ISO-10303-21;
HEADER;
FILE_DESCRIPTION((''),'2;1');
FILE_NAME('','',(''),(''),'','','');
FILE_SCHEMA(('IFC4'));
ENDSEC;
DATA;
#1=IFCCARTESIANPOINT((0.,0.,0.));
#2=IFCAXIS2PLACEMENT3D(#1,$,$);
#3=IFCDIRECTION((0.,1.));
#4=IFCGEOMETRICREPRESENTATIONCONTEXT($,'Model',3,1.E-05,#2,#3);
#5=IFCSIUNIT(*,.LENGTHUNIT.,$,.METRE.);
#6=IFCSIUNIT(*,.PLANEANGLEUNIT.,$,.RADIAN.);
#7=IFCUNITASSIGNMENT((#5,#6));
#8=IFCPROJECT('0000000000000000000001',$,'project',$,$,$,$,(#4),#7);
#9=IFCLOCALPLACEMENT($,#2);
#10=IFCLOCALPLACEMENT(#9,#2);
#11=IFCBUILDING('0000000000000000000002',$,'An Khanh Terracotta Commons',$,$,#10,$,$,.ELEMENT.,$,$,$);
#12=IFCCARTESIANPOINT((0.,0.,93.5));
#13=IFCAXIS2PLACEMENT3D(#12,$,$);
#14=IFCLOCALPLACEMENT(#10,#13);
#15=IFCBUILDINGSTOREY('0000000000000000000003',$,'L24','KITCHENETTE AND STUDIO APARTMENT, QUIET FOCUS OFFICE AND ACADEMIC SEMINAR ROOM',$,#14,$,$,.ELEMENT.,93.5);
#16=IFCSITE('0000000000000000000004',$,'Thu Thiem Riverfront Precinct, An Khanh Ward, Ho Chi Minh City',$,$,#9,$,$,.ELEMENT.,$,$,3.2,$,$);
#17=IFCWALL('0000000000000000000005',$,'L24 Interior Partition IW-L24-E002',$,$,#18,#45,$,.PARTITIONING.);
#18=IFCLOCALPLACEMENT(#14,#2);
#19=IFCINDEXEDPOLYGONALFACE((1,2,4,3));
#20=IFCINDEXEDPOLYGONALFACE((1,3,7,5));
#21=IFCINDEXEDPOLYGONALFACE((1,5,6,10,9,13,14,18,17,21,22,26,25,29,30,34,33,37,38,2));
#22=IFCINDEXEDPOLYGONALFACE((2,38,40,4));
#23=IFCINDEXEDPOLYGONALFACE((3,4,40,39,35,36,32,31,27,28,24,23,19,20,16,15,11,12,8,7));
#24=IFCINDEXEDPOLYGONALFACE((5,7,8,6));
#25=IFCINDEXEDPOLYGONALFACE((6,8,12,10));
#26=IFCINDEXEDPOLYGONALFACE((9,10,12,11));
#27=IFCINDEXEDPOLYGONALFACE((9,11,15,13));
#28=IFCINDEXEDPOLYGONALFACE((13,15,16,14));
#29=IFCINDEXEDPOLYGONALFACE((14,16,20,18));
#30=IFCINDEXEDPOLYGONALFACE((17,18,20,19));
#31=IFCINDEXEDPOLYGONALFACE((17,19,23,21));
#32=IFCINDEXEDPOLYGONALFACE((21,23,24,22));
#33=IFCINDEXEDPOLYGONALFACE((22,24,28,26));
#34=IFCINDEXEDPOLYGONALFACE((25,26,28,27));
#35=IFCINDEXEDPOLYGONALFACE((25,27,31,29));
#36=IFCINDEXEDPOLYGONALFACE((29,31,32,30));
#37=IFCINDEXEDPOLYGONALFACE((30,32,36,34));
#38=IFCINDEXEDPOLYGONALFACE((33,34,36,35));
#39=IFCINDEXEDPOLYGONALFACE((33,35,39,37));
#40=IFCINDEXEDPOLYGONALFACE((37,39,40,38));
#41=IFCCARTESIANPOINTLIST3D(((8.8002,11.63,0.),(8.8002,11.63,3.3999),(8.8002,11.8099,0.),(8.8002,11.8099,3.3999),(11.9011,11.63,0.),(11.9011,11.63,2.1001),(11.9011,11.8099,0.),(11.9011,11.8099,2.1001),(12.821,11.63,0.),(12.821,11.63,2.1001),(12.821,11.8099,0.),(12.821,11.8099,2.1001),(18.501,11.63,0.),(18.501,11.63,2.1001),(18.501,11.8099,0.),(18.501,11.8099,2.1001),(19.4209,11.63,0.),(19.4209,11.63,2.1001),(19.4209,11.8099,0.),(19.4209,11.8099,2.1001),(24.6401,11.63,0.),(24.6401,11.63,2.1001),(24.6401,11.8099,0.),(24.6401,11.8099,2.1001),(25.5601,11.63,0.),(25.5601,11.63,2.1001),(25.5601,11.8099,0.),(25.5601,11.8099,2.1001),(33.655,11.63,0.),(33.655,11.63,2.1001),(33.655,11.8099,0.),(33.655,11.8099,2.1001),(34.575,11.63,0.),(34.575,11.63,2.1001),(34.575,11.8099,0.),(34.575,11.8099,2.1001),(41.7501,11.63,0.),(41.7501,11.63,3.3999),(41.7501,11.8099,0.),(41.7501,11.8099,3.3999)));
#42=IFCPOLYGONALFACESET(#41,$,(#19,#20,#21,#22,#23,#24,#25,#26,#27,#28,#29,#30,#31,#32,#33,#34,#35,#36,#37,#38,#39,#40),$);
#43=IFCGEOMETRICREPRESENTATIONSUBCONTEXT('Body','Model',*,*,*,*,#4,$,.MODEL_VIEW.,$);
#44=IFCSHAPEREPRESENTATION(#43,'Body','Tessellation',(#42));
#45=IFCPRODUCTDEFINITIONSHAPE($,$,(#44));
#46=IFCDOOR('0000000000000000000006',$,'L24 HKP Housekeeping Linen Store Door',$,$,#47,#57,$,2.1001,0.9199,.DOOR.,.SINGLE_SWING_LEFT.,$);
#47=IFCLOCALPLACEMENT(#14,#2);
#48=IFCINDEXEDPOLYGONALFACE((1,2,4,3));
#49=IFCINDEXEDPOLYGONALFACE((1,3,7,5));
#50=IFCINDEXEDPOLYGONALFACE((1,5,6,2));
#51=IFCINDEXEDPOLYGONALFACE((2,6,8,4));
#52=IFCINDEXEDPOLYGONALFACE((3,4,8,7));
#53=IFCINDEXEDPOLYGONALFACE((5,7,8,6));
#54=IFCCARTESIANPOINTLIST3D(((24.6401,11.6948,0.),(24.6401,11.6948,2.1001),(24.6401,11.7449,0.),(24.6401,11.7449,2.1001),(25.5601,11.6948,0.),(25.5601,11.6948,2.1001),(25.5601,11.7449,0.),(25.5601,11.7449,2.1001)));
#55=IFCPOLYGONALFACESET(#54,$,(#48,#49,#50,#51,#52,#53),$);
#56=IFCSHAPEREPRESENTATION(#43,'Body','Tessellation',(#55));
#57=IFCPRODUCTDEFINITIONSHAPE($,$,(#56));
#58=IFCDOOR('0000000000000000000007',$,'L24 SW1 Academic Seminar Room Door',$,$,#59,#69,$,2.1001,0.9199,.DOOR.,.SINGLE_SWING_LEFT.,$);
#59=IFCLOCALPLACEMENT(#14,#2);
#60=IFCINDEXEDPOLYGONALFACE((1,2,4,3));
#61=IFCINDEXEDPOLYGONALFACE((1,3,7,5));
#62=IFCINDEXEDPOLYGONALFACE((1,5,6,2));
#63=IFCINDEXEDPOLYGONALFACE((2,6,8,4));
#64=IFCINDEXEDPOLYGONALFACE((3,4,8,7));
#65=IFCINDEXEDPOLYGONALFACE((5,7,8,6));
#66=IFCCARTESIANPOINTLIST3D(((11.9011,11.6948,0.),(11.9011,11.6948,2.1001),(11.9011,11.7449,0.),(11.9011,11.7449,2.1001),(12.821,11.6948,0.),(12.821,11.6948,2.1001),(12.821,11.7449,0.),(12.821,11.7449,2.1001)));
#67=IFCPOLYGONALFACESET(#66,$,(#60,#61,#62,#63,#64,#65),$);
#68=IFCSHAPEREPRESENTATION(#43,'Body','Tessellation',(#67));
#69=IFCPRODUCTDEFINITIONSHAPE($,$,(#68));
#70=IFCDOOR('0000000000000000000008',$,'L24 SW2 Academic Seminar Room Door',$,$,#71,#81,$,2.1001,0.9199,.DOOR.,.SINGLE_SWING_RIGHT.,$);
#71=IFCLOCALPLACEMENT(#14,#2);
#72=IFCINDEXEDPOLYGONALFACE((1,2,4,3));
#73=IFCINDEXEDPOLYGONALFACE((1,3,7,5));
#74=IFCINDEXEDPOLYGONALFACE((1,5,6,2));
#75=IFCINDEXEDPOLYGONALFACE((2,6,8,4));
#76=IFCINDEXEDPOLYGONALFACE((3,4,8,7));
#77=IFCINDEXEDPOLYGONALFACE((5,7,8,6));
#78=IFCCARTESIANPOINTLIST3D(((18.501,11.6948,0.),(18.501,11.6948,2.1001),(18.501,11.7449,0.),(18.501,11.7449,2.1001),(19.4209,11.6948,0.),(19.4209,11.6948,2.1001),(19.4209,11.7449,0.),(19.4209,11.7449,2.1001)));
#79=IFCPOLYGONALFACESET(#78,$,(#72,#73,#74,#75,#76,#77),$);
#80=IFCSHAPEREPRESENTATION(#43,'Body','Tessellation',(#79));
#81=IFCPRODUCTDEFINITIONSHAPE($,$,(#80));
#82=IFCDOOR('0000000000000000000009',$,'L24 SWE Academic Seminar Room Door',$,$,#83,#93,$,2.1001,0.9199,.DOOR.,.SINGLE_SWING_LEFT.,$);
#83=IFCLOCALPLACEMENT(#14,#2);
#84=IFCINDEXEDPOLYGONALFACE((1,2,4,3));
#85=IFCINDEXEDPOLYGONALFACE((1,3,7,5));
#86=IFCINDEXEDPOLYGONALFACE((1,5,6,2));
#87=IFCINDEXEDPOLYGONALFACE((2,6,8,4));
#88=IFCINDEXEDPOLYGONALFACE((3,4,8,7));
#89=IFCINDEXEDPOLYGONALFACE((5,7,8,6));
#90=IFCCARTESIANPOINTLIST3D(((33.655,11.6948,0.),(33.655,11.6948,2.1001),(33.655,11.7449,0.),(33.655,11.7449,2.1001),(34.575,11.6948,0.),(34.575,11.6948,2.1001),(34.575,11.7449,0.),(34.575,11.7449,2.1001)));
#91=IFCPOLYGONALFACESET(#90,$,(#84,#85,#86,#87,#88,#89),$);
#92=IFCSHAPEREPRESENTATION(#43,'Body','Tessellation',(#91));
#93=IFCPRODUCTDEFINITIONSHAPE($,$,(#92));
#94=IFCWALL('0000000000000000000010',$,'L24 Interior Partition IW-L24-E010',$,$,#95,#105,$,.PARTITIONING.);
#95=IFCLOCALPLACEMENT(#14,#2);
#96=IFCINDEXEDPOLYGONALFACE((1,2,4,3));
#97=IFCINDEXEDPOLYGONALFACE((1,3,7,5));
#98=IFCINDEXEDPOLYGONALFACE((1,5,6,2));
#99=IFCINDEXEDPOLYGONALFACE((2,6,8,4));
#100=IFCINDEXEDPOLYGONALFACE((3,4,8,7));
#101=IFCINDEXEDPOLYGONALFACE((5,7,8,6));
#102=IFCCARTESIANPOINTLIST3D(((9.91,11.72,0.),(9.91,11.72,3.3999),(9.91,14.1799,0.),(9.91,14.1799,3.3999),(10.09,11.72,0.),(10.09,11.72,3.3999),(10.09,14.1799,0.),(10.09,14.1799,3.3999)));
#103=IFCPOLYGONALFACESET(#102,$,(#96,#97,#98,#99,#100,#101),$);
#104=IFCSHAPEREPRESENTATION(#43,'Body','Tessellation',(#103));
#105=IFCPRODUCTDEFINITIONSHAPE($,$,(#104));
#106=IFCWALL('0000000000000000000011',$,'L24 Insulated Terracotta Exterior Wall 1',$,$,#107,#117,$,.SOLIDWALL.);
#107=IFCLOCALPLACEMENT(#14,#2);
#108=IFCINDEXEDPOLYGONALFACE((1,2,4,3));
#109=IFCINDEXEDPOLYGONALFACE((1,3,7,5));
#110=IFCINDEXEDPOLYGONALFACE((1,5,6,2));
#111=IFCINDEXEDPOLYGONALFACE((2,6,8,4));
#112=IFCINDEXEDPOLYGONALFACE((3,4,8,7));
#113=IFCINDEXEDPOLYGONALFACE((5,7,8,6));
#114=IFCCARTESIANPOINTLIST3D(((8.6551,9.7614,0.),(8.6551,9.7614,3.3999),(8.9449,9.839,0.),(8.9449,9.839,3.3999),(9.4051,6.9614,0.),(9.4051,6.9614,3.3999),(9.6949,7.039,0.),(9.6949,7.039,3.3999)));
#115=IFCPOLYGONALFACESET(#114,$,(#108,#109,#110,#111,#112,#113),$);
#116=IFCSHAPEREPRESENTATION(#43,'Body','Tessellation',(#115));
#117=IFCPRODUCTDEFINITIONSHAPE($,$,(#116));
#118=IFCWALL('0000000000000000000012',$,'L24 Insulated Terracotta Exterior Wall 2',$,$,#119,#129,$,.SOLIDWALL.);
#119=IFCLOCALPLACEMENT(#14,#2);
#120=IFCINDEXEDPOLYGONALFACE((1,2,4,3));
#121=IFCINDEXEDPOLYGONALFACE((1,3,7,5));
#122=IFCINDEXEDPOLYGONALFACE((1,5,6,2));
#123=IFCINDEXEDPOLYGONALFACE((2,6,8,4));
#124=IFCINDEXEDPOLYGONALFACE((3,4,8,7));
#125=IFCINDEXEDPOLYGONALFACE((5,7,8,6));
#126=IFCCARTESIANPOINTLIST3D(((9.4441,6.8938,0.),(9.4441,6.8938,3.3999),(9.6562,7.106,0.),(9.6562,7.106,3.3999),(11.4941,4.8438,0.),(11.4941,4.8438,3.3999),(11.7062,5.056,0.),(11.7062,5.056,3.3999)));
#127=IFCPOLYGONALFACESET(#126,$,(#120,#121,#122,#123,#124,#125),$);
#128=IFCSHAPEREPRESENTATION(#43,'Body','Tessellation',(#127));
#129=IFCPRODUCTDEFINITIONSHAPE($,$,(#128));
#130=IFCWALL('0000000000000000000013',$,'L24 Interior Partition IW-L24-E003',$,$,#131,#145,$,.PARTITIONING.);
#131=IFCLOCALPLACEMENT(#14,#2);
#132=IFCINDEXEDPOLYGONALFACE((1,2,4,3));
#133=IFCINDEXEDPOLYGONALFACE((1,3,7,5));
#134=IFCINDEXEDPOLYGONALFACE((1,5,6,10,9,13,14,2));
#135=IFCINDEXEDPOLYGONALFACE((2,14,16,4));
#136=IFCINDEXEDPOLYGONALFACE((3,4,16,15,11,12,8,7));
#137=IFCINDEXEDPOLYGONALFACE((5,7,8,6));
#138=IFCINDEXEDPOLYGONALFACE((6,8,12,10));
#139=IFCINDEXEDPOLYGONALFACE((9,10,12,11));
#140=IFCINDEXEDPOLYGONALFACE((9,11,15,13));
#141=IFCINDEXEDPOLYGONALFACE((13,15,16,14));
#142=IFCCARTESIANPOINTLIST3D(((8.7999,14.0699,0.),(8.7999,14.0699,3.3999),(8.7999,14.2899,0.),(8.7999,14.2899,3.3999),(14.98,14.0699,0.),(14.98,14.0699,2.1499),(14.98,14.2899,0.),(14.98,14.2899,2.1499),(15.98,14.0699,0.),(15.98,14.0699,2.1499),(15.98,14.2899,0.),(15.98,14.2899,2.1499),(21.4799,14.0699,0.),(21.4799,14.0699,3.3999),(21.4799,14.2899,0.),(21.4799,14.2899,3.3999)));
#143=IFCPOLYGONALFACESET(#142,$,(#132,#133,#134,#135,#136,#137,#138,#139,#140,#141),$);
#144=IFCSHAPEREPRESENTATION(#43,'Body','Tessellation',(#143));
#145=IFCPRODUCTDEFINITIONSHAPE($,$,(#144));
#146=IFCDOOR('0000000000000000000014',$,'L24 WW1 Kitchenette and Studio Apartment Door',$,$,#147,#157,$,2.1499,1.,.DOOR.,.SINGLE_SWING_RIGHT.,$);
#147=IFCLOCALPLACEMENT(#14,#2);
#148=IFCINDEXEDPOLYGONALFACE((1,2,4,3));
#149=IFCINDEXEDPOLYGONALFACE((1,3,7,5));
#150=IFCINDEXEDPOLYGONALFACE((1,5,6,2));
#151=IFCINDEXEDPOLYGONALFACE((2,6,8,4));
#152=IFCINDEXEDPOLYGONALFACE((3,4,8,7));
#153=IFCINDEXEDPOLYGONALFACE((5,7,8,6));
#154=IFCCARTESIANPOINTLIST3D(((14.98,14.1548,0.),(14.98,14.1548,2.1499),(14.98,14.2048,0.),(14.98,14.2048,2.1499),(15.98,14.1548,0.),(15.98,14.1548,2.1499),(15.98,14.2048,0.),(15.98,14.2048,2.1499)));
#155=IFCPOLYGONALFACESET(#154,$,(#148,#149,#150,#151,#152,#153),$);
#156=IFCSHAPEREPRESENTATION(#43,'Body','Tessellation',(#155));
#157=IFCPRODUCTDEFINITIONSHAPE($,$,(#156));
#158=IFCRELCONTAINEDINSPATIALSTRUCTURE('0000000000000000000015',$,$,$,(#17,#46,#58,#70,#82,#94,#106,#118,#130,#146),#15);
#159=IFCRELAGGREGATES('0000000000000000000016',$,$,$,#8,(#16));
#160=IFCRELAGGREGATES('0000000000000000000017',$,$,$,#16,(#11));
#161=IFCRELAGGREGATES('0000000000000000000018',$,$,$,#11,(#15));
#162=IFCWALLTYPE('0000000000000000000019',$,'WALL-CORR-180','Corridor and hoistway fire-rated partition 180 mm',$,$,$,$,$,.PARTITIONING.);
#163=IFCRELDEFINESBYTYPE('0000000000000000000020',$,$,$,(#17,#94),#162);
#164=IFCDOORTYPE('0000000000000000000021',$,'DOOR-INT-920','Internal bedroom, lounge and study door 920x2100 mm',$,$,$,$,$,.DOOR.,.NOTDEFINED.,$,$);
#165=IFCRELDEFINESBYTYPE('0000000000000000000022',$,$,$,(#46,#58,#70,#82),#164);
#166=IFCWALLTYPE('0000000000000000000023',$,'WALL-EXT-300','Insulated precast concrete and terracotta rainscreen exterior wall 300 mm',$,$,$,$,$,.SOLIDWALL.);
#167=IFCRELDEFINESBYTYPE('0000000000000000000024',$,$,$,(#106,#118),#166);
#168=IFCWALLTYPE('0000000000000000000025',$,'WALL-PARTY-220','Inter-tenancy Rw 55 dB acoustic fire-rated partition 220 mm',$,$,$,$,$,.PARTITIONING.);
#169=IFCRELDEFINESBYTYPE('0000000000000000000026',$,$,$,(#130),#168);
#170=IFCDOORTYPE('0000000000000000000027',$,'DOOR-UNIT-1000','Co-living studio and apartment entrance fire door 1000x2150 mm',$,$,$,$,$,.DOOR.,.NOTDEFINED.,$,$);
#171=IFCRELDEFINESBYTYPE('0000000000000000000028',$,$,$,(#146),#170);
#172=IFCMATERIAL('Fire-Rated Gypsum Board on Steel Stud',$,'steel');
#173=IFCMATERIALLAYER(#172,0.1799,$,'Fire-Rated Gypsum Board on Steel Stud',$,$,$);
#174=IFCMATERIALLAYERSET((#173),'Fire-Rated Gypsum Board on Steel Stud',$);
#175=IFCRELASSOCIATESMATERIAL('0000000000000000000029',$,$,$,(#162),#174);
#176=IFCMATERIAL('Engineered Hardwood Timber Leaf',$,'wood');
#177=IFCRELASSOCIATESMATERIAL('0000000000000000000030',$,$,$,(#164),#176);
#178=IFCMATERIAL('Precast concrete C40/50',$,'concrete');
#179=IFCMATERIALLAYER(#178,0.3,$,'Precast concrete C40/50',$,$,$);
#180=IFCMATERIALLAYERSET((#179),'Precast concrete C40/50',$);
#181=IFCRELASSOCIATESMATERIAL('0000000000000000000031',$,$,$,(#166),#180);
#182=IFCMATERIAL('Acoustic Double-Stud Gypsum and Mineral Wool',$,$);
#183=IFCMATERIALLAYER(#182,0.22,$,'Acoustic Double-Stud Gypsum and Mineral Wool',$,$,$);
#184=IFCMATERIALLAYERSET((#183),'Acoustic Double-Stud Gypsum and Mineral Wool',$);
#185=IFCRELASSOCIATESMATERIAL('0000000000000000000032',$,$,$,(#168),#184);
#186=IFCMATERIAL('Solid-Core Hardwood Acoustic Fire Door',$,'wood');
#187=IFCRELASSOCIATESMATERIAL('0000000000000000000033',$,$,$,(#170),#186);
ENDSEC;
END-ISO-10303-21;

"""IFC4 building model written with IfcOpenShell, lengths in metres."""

from ifc_helpers import new_model, si_unit, direction, frame, frame_2d, origin, place, context, subcontext, project, spatial, rectangle, extrude, material, layer, layer_set, type_object, element, fill, save


model = new_model("IFC4")

# Units and contexts
model_context = context("Model", 3, precision=1e-05, world=origin(), true_north=direction((0.0, 1.0)))
body_context = subcontext(model_context, "Body", "Model", "MODEL_VIEW")
ifc_project = project(units=[si_unit("LENGTHUNIT", "METRE"), si_unit("PLANEANGLEUNIT", "RADIAN")], contexts=[model_context])

# Site, building, storey
site_placement = place(None, origin())
site = spatial("IfcSite", under=ifc_project, at=site_placement, Name="Thu Thiem Riverfront Precinct, An Khanh Ward, Ho Chi Minh City", CompositionType="ELEMENT", RefElevation=3.2)
building_placement = place(site_placement, origin())
building = spatial("IfcBuilding", under=site, at=building_placement, Name="An Khanh Terracotta Commons", CompositionType="ELEMENT")
storey_placement = place(building_placement, frame((0.0, 0.0, 93.5)))
storey = spatial("IfcBuildingStorey", under=building, at=storey_placement, Name="L24", Description="KITCHENETTE AND STUDIO APARTMENT, QUIET FOCUS OFFICE AND ACADEMIC SEMINAR ROOM", CompositionType="ELEMENT", Elevation=93.5)

# Shared definitions
ifc_material_1 = material(Name="Precast concrete C40/50", Category="concrete")

# Wall, openings, doors
ifc_material_2 = material(Name="Fire-Rated Gypsum Board on Steel Stud", Category="steel")
ifc_layer_1 = layer(ifc_material_2, 0.1799, Name="Fire-Rated Gypsum Board on Steel Stud")
ifc_layer_set_1 = layer_set([ifc_layer_1], Name="Fire-Rated Gypsum Board on Steel Stud")
wall_type_1 = type_object("IfcWallType", Name="WALL-CORR-180", Description="Corridor and hoistway fire-rated partition 180 mm", PredefinedType="PARTITIONING", material=ifc_layer_set_1)
wall_1_placement = place(storey_placement, frame((8.8, 11.72, 0.0), z_axis=(0.0, 0.0, 1.0), x_axis=(1.0, 0.0, 0.0)))
wall_1 = element("IfcWall", 1, at=wall_1_placement, inside=storey, type_object=wall_type_1, Name="L24 Interior Partition IW-L24-E002", PredefinedType="PARTITIONING", context=body_context, shape_type="SweptSolid", body=[
    extrude(rectangle(XDim=32.95, YDim=0.1799, at=frame_2d((16.4751, 0.0))), origin(), (0.0, 0.0, 1.0), 3.3999),
])
opening_1_placement = place(wall_1_placement, frame((15.8401, 0.0, 0.0)))
opening_1 = element("IfcOpeningElement", 2, at=opening_1_placement, cuts=wall_1, PredefinedType="OPENING", context=body_context, shape_type="SweptSolid", body=[
    extrude(rectangle(XDim=0.9199, YDim=2.1001, at=frame_2d((0.46, 1.05))), frame((0.0, 0.0999, 0.0), z_axis=(0.0, -1.0, 0.0), x_axis=(1.0, 0.0, 0.0)), (0.0, 0.0, 1.0), 0.2),
])
opening_2_placement = place(wall_1_placement, frame((3.1011, 0.0, 0.0)))
opening_2 = element("IfcOpeningElement", 3, at=opening_2_placement, cuts=wall_1, PredefinedType="OPENING", context=body_context, shape_type="SweptSolid", body=[
    extrude(rectangle(XDim=0.9199, YDim=2.1001, at=frame_2d((0.46, 1.05))), frame((0.0, 0.0999, 0.0), z_axis=(0.0, -1.0, 0.0), x_axis=(1.0, 0.0, 0.0)), (0.0, 0.0, 1.0), 0.2),
])
opening_3_placement = place(wall_1_placement, frame((9.7009, 0.0, 0.0)))
opening_3 = element("IfcOpeningElement", 4, at=opening_3_placement, cuts=wall_1, PredefinedType="OPENING", context=body_context, shape_type="SweptSolid", body=[
    extrude(rectangle(XDim=0.9199, YDim=2.1001, at=frame_2d((0.46, 1.05))), frame((0.0, 0.0999, 0.0), z_axis=(0.0, -1.0, 0.0), x_axis=(1.0, 0.0, 0.0)), (0.0, 0.0, 1.0), 0.2),
])
opening_4_placement = place(wall_1_placement, frame((24.855, 0.0, 0.0)))
opening_4 = element("IfcOpeningElement", 5, at=opening_4_placement, cuts=wall_1, PredefinedType="OPENING", context=body_context, shape_type="SweptSolid", body=[
    extrude(rectangle(XDim=0.9199, YDim=2.1001, at=frame_2d((0.46, 1.05))), frame((0.0, 0.0999, 0.0), z_axis=(0.0, -1.0, 0.0), x_axis=(1.0, 0.0, 0.0)), (0.0, 0.0, 1.0), 0.2),
])
ifc_material_3 = material(Name="Engineered Hardwood Timber Leaf", Category="wood")
door_type_1 = type_object("IfcDoorType", Name="DOOR-INT-920", Description="Internal bedroom, lounge and study door 920x2100 mm", OperationType="NOTDEFINED", PredefinedType="DOOR", material=ifc_material_3)
door_1_placement = place(opening_1_placement, origin())
door_1 = element("IfcDoor", 6, at=door_1_placement, inside=storey, type_object=door_type_1, Name="L24 HKP Housekeeping Linen Store Door", OperationType="SINGLE_SWING_LEFT", OverallHeight=2.1001, OverallWidth=0.9199, PredefinedType="DOOR", context=body_context, shape_type="SweptSolid", body=[
    extrude(rectangle(XDim=0.9199, YDim=2.1001, at=frame_2d((0.46, 1.05))), frame((0.0, 0.0249, 0.0), z_axis=(0.0, -1.0, 0.0), x_axis=(1.0, 0.0, 0.0)), (0.0, 0.0, 1.0), 0.05),
])
fill(opening_1, door_1)
door_2_placement = place(opening_2_placement, origin())
door_2 = element("IfcDoor", 7, at=door_2_placement, inside=storey, type_object=door_type_1, Name="L24 SW1 Academic Seminar Room Door", OperationType="SINGLE_SWING_LEFT", OverallHeight=2.1001, OverallWidth=0.9199, PredefinedType="DOOR", context=body_context, shape_type="SweptSolid", body=[
    extrude(rectangle(XDim=0.9199, YDim=2.1001, at=frame_2d((0.46, 1.05))), frame((0.0, 0.0249, 0.0), z_axis=(0.0, -1.0, 0.0), x_axis=(1.0, 0.0, 0.0)), (0.0, 0.0, 1.0), 0.05),
])
fill(opening_2, door_2)
door_3_placement = place(opening_3_placement, origin())
door_3 = element("IfcDoor", 8, at=door_3_placement, inside=storey, type_object=door_type_1, Name="L24 SW2 Academic Seminar Room Door", OperationType="SINGLE_SWING_RIGHT", OverallHeight=2.1001, OverallWidth=0.9199, PredefinedType="DOOR", context=body_context, shape_type="SweptSolid", body=[
    extrude(rectangle(XDim=0.9199, YDim=2.1001, at=frame_2d((0.46, 1.05))), frame((0.0, 0.0249, 0.0), z_axis=(0.0, -1.0, 0.0), x_axis=(1.0, 0.0, 0.0)), (0.0, 0.0, 1.0), 0.05),
])
fill(opening_3, door_3)
door_4_placement = place(opening_4_placement, origin())
door_4 = element("IfcDoor", 9, at=door_4_placement, inside=storey, type_object=door_type_1, Name="L24 SWE Academic Seminar Room Door", OperationType="SINGLE_SWING_LEFT", OverallHeight=2.1001, OverallWidth=0.9199, PredefinedType="DOOR", context=body_context, shape_type="SweptSolid", body=[
    extrude(rectangle(XDim=0.9199, YDim=2.1001, at=frame_2d((0.46, 1.05))), frame((0.0, 0.0249, 0.0), z_axis=(0.0, -1.0, 0.0), x_axis=(1.0, 0.0, 0.0)), (0.0, 0.0, 1.0), 0.05),
])
fill(opening_4, door_4)

# Walls
wall_2_placement = place(storey_placement, frame((10.0, 11.72, 0.0), z_axis=(0.0, 0.0, 1.0), x_axis=(0.0, 1.0, 0.0)))
element("IfcWall", 10, at=wall_2_placement, inside=storey, type_object=wall_type_1, Name="L24 Interior Partition IW-L24-E010", PredefinedType="PARTITIONING", context=body_context, shape_type="SweptSolid", body=[
    extrude(rectangle(XDim=2.46, YDim=0.1799, at=frame_2d((1.23, 0.0))), origin(), (0.0, 0.0, 1.0), 3.3999),
])
ifc_layer_2 = layer(ifc_material_1, 0.3, Name="Precast concrete C40/50")
ifc_layer_set_2 = layer_set([ifc_layer_2], Name="Precast concrete C40/50")
wall_type_2 = type_object("IfcWallType", Name="WALL-EXT-300", Description="Insulated precast concrete and terracotta rainscreen exterior wall 300 mm", PredefinedType="SOLIDWALL", material=ifc_layer_set_2)
wall_3_placement = place(storey_placement, frame((8.8, 9.8, 0.0), z_axis=(0.0, 0.0, 1.0), x_axis=(0.258732, -0.965949, 0.0)))
element("IfcWall", 11, at=wall_3_placement, inside=storey, type_object=wall_type_2, Name="L24 Insulated Terracotta Exterior Wall 1", PredefinedType="SOLIDWALL", context=body_context, shape_type="SweptSolid", body=[
    extrude(rectangle(XDim=2.8987, YDim=0.3, at=frame_2d((1.4492, 0.0))), origin(), (0.0, 0.0, 1.0), 3.3999),
])
wall_4_placement = place(storey_placement, frame((9.55, 7.0, 0.0), z_axis=(0.0, 0.0, 1.0), x_axis=(0.707107, -0.707107, 0.0)))
element("IfcWall", 12, at=wall_4_placement, inside=storey, type_object=wall_type_2, Name="L24 Insulated Terracotta Exterior Wall 2", PredefinedType="SOLIDWALL", context=body_context, shape_type="SweptSolid", body=[
    extrude(rectangle(XDim=2.8992, YDim=0.3, at=frame_2d((1.4497, 0.0))), origin(), (0.0, 0.0, 1.0), 3.3999),
])

# Wall, opening, door
ifc_material_4 = material(Name="Acoustic Double-Stud Gypsum and Mineral Wool")
ifc_layer_3 = layer(ifc_material_4, 0.22, Name="Acoustic Double-Stud Gypsum and Mineral Wool")
ifc_layer_set_3 = layer_set([ifc_layer_3], Name="Acoustic Double-Stud Gypsum and Mineral Wool")
wall_type_3 = type_object("IfcWallType", Name="WALL-PARTY-220", Description="Inter-tenancy Rw 55 dB acoustic fire-rated partition 220 mm", PredefinedType="PARTITIONING", material=ifc_layer_set_3)
wall_5_placement = place(storey_placement, frame((8.8, 14.1799, 0.0), z_axis=(0.0, 0.0, 1.0), x_axis=(1.0, 0.0, 0.0)))
wall_5 = element("IfcWall", 13, at=wall_5_placement, inside=storey, type_object=wall_type_3, Name="L24 Interior Partition IW-L24-E003", PredefinedType="PARTITIONING", context=body_context, shape_type="SweptSolid", body=[
    extrude(rectangle(XDim=12.6799, YDim=0.22, at=frame_2d((6.3398, 0.0))), origin(), (0.0, 0.0, 1.0), 3.3999),
])
opening_5_placement = place(wall_5_placement, frame((6.1799, 0.0, 0.0)))
opening_5 = element("IfcOpeningElement", 14, at=opening_5_placement, cuts=wall_5, PredefinedType="OPENING", context=body_context, shape_type="SweptSolid", body=[
    extrude(rectangle(XDim=1.0, YDim=2.1499, at=frame_2d((0.5, 1.075))), frame((0.0, 0.1199, 0.0), z_axis=(0.0, -1.0, 0.0), x_axis=(1.0, 0.0, 0.0)), (0.0, 0.0, 1.0), 0.24),
])
ifc_material_5 = material(Name="Solid-Core Hardwood Acoustic Fire Door", Category="wood")
door_type_2 = type_object("IfcDoorType", Name="DOOR-UNIT-1000", Description="Co-living studio and apartment entrance fire door 1000x2150 mm", OperationType="NOTDEFINED", PredefinedType="DOOR", material=ifc_material_5)
door_5_placement = place(opening_5_placement, origin())
door_5 = element("IfcDoor", 15, at=door_5_placement, inside=storey, type_object=door_type_2, Name="L24 WW1 Kitchenette and Studio Apartment Door", OperationType="SINGLE_SWING_RIGHT", OverallHeight=2.1499, OverallWidth=1.0, PredefinedType="DOOR", context=body_context, shape_type="SweptSolid", body=[
    extrude(rectangle(XDim=1.0, YDim=2.1499, at=frame_2d((0.5, 1.075))), frame((0.0, 0.0249, 0.0), z_axis=(0.0, -1.0, 0.0), x_axis=(1.0, 0.0, 0.0)), (0.0, 0.0, 1.0), 0.05),
])
fill(opening_5, door_5)

save(model, "model.ifc")
